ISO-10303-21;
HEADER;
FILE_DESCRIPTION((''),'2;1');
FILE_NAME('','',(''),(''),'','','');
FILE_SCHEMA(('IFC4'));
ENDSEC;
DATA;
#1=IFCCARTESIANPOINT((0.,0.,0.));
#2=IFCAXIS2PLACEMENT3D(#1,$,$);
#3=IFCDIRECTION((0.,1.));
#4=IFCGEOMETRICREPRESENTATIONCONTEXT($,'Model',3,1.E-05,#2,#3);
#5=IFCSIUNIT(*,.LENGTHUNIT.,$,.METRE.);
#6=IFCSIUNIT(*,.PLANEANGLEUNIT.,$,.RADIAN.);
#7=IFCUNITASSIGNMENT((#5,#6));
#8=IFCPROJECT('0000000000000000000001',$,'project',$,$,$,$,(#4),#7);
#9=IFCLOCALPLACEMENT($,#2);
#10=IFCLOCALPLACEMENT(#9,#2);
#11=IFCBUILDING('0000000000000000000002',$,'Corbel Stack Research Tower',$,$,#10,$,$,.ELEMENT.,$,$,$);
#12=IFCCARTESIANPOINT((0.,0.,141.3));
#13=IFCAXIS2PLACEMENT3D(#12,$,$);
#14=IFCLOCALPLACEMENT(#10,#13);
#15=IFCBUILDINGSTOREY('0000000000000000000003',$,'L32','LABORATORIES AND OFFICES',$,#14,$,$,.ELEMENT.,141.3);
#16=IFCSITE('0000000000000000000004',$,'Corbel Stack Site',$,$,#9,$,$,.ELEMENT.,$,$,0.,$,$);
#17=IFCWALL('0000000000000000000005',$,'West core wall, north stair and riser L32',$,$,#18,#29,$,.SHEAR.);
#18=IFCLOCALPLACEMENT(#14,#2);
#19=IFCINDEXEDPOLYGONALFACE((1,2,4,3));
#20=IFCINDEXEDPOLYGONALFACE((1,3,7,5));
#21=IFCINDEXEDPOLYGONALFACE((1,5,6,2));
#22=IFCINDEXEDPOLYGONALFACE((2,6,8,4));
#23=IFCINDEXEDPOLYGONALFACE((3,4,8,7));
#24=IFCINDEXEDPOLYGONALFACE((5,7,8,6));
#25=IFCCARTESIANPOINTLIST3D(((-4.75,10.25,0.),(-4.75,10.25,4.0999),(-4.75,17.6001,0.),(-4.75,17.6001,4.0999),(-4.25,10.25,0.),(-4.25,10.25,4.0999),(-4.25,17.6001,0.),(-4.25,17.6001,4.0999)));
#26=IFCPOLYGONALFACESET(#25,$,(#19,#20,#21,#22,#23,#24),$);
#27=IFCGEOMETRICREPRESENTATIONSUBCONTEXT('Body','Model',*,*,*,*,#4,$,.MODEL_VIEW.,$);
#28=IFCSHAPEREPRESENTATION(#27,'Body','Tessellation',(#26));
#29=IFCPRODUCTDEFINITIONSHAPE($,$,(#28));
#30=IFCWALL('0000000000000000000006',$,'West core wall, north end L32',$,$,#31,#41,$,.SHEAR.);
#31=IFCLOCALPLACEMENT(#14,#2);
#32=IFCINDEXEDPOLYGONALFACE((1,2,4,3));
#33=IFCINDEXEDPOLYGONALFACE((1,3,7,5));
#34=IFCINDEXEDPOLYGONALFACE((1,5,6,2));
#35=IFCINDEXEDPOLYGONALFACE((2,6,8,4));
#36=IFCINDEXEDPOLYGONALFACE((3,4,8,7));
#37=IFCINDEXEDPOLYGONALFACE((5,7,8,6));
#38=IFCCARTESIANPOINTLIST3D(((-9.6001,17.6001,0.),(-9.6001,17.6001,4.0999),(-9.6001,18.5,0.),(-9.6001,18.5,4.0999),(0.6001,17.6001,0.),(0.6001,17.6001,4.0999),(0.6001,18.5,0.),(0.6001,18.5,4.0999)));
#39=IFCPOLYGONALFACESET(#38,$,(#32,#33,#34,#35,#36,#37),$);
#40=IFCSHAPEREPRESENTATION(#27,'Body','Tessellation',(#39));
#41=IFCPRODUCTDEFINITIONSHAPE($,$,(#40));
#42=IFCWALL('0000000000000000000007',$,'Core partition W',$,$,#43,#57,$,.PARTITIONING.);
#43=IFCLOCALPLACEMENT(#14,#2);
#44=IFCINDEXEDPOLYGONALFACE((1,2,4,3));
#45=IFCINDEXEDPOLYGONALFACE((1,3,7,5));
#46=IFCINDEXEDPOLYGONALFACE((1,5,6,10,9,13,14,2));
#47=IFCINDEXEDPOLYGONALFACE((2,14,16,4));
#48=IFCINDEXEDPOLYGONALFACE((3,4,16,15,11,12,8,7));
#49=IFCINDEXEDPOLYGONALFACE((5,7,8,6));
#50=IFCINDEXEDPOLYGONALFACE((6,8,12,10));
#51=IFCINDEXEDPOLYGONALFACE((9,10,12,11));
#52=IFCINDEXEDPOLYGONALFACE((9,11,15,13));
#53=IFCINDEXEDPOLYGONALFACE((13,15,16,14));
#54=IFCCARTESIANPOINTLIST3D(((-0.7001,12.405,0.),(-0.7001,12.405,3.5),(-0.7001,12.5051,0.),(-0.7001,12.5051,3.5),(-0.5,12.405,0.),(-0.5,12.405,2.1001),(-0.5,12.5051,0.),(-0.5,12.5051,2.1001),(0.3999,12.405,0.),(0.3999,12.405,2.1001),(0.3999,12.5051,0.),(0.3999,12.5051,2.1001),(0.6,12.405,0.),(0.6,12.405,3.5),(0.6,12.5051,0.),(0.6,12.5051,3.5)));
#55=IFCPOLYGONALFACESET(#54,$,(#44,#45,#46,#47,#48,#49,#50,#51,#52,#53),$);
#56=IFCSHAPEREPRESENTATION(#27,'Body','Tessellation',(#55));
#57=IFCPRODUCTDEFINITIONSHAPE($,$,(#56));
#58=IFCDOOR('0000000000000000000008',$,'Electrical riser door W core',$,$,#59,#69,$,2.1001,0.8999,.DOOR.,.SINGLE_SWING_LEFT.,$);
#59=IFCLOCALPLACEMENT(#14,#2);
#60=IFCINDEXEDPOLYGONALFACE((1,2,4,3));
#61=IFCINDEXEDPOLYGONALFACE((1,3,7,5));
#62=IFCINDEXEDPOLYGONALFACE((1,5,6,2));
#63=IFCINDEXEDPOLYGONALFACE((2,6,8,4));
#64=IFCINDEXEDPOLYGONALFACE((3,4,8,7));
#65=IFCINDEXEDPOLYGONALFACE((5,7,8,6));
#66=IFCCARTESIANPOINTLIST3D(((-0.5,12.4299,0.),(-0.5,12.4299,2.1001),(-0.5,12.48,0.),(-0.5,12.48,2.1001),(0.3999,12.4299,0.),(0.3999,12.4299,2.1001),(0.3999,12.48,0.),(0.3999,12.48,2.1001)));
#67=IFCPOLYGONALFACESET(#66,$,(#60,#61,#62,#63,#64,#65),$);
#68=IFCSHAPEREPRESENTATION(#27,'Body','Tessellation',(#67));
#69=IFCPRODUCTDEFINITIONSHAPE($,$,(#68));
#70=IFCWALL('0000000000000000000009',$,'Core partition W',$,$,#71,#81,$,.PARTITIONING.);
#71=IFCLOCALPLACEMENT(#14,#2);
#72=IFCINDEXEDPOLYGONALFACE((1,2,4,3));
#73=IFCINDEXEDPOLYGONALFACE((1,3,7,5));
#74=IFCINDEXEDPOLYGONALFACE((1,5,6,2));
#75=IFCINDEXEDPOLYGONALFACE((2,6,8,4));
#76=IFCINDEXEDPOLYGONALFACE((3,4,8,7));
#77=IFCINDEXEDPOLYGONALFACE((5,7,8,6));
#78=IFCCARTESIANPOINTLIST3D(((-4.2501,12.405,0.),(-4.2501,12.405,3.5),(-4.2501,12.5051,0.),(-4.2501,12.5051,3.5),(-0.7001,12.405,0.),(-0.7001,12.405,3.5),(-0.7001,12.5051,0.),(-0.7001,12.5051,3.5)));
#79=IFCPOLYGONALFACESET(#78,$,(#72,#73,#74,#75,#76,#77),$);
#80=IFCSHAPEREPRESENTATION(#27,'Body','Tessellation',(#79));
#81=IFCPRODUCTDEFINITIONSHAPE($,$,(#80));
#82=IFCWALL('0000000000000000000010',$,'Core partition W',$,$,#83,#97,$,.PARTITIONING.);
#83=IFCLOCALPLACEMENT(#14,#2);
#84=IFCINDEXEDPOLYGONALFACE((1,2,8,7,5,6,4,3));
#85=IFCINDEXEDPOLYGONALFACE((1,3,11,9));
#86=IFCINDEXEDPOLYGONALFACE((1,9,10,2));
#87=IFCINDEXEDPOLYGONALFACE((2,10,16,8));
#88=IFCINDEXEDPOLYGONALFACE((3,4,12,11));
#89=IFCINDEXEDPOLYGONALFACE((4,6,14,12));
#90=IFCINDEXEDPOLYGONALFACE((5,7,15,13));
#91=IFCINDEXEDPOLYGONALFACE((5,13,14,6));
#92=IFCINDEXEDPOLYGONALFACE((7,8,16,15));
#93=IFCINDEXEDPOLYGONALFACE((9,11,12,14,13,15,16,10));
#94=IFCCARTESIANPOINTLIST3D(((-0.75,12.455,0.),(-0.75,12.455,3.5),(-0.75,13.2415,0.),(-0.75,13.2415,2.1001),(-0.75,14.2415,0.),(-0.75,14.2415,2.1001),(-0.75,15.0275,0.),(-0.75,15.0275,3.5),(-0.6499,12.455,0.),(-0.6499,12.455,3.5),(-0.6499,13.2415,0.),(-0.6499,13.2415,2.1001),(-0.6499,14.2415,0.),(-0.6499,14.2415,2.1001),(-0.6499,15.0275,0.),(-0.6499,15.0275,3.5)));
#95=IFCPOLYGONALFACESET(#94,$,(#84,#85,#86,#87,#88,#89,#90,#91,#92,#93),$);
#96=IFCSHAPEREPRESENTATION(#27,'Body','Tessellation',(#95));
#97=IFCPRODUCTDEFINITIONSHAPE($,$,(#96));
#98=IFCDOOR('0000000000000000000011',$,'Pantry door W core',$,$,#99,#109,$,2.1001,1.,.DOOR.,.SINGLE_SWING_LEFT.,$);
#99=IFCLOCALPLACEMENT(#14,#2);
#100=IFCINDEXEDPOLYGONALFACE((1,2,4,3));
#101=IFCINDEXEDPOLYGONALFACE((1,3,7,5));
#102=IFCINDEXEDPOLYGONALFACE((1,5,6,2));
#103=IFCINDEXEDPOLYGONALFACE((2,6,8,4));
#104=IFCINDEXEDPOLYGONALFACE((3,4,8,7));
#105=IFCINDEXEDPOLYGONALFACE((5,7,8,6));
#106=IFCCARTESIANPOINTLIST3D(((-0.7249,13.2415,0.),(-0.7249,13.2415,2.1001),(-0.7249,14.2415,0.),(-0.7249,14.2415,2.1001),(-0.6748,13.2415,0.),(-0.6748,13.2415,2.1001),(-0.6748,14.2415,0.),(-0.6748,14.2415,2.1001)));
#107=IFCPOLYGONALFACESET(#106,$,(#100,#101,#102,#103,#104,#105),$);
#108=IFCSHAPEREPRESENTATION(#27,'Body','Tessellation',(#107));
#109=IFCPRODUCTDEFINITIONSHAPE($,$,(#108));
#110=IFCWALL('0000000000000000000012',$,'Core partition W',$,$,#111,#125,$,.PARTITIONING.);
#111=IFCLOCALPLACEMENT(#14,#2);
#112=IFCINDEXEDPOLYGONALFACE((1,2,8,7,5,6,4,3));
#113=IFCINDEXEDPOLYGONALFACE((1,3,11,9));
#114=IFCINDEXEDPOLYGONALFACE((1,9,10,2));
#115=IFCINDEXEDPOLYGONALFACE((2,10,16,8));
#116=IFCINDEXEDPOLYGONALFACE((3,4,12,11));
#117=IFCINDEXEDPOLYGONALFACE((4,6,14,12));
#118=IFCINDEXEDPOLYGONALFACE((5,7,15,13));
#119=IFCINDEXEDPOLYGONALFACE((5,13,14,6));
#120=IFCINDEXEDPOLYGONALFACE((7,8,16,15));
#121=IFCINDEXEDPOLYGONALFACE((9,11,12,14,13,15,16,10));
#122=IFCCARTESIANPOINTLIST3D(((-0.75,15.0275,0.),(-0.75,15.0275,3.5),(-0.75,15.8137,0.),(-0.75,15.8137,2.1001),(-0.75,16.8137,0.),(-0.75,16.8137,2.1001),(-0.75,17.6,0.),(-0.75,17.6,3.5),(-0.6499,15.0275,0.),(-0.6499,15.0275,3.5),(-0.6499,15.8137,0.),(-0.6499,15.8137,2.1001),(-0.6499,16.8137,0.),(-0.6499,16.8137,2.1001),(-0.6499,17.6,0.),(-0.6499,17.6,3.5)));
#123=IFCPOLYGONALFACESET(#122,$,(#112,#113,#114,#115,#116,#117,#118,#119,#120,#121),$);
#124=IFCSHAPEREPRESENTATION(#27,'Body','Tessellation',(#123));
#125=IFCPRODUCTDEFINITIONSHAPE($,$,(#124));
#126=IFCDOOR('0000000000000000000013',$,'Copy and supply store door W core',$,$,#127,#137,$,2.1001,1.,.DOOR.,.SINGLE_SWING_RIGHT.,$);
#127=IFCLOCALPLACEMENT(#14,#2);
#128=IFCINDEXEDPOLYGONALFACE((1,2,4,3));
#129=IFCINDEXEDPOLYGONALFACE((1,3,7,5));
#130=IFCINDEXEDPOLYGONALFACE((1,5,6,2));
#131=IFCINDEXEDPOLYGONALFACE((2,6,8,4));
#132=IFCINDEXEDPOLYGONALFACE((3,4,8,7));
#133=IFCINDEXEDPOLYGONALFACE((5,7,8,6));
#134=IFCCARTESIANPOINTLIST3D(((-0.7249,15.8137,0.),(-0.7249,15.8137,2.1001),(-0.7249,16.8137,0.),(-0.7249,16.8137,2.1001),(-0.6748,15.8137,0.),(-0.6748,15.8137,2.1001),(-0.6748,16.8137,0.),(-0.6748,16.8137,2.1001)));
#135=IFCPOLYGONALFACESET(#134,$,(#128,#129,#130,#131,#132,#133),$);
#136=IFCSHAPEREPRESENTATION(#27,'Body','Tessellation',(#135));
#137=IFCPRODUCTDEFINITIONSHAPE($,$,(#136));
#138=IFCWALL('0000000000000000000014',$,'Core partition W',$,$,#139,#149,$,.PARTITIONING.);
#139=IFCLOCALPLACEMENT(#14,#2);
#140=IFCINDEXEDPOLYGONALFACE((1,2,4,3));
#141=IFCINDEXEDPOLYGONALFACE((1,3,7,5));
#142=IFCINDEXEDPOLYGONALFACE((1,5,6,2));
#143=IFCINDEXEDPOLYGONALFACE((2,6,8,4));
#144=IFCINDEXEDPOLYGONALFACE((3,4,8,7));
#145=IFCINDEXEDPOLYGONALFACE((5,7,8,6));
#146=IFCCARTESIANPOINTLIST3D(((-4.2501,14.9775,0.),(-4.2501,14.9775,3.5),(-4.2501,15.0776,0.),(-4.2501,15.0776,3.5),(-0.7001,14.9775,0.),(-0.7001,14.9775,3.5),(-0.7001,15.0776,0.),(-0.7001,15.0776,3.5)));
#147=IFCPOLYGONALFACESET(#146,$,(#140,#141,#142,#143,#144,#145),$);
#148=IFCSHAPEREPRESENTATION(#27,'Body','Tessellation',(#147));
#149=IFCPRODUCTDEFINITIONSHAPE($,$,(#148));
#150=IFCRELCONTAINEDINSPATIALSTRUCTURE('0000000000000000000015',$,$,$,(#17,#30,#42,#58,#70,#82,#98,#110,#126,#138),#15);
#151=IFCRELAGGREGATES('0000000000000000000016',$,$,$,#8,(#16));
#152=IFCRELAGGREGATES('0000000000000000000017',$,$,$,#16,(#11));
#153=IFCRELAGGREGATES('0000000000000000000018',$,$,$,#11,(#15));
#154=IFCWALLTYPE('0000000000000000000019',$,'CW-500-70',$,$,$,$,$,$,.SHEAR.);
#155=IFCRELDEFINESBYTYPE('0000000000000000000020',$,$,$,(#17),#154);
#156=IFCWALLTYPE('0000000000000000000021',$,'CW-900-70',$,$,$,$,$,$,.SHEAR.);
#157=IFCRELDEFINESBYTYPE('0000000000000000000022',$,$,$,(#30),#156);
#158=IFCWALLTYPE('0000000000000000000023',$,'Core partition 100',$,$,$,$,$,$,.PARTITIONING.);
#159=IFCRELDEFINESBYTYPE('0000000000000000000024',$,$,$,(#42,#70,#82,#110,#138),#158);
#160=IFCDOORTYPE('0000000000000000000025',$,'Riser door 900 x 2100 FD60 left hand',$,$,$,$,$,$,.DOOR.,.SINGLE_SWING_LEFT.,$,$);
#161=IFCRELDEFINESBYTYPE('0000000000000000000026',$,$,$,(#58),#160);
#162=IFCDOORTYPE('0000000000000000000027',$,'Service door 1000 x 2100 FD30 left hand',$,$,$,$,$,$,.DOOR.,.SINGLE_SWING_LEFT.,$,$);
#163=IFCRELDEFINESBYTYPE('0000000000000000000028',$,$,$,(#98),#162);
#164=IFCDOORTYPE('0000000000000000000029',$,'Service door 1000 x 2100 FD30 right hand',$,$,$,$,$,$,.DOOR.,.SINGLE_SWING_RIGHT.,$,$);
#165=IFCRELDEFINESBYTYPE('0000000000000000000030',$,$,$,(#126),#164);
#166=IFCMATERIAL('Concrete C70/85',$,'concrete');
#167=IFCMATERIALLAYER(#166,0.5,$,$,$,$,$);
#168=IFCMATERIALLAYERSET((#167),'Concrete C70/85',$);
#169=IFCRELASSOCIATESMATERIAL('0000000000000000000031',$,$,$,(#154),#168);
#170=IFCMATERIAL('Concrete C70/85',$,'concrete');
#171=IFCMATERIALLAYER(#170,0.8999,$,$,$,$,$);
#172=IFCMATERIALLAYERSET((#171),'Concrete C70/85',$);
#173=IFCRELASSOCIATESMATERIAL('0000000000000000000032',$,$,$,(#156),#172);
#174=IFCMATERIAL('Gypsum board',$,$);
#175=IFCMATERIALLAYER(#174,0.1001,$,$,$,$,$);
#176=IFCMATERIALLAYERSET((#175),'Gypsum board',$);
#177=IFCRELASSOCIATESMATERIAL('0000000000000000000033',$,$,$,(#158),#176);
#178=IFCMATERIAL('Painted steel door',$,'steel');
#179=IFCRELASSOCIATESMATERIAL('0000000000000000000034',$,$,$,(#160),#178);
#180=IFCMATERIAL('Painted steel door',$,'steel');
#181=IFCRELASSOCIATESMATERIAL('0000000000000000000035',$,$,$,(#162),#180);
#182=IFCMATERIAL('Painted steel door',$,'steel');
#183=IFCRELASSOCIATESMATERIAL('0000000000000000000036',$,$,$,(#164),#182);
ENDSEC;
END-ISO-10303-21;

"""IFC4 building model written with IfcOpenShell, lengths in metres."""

from ifc_helpers import new_model, si_unit, direction, frame, frame_2d, origin, place, context, subcontext, project, spatial, rectangle, extrude, material, layer, layer_set, type_object, element, fill, save


model = new_model("IFC4")

# Units and contexts
model_context = context("Model", 3, precision=1e-05, world=origin(), true_north=direction((0.0, 1.0)))
body_context = subcontext(model_context, "Body", "Model", "MODEL_VIEW")
ifc_project = project(units=[si_unit("LENGTHUNIT", "METRE"), si_unit("PLANEANGLEUNIT", "RADIAN")], contexts=[model_context])

# Site, building, storey
site_placement = place(None, origin())
site = spatial("IfcSite", under=ifc_project, at=site_placement, Name="Corbel Stack Site", CompositionType="ELEMENT", RefElevation=0.0)
building_placement = place(site_placement, origin())
building = spatial("IfcBuilding", under=site, at=building_placement, Name="Corbel Stack Research Tower", CompositionType="ELEMENT")
storey_placement = place(building_placement, frame((0.0, 0.0, 141.3)))
storey = spatial("IfcBuildingStorey", under=building, at=storey_placement, Name="L32", Description="LABORATORIES AND OFFICES", CompositionType="ELEMENT", Elevation=141.3)

# Walls
ifc_material_1 = material(Name="Concrete C70/85", Category="concrete")
ifc_layer_1 = layer(ifc_material_1, 0.5)
ifc_layer_set_1 = layer_set([ifc_layer_1], Name="Concrete C70/85")
wall_type_1 = type_object("IfcWallType", Name="CW-500-70", PredefinedType="SHEAR", material=ifc_layer_set_1)
wall_1_placement = place(storey_placement, frame((-4.5, 10.25, 0.0), z_axis=(0.0, 0.0, 1.0), x_axis=(0.0, 1.0, 0.0)))
element("IfcWall", 1, at=wall_1_placement, inside=storey, type_object=wall_type_1, Name="West core wall, north stair and riser L32", PredefinedType="SHEAR", context=body_context, shape_type="SweptSolid", body=[
    extrude(rectangle(XDim=7.3501, YDim=0.5, at=frame_2d((3.675, 0.0))), origin(), (0.0, 0.0, 1.0), 4.0999),
])
ifc_material_2 = material(Name="Concrete C70/85", Category="concrete")
ifc_layer_2 = layer(ifc_material_2, 0.8999)
ifc_layer_set_2 = layer_set([ifc_layer_2], Name="Concrete C70/85")
wall_type_2 = type_object("IfcWallType", Name="CW-900-70", PredefinedType="SHEAR", material=ifc_layer_set_2)
wall_2_placement = place(storey_placement, frame((-9.6001, 18.05, 0.0), z_axis=(0.0, 0.0, 1.0), x_axis=(1.0, 0.0, 0.0)))
element("IfcWall", 2, at=wall_2_placement, inside=storey, type_object=wall_type_2, Name="West core wall, north end L32", PredefinedType="SHEAR", context=body_context, shape_type="SweptSolid", body=[
    extrude(rectangle(XDim=10.2002, YDim=0.8999, at=frame_2d((5.1001, 0.0))), origin(), (0.0, 0.0, 1.0), 4.0999),
])

# Wall, opening, door
ifc_material_3 = material(Name="Gypsum board")
ifc_layer_3 = layer(ifc_material_3, 0.1001)
ifc_layer_set_3 = layer_set([ifc_layer_3], Name="Gypsum board")
wall_type_3 = type_object("IfcWallType", Name="Core partition 100", PredefinedType="PARTITIONING", material=ifc_layer_set_3)
wall_3_placement = place(storey_placement, frame((-0.7, 12.4551, 0.0), z_axis=(0.0, 0.0, 1.0), x_axis=(1.0, 0.0, 0.0)))
wall_3 = element("IfcWall", 3, at=wall_3_placement, inside=storey, type_object=wall_type_3, Name="Core partition W", PredefinedType="PARTITIONING", context=body_context, shape_type="SweptSolid", body=[
    extrude(rectangle(XDim=1.3, YDim=0.1001, at=frame_2d((0.6499, 0.0))), origin(), (0.0, 0.0, 1.0), 3.5),
])
opening_1_placement = place(wall_3_placement, frame((0.2, 0.0, 0.0)))
opening_1 = element("IfcOpeningElement", 4, at=opening_1_placement, cuts=wall_3, PredefinedType="OPENING", context=body_context, shape_type="SweptSolid", body=[
    extrude(rectangle(XDim=0.8999, YDim=2.1001, at=frame_2d((0.45, 1.05))), frame((0.0, 0.0601, 0.0), z_axis=(0.0, -1.0, 0.0), x_axis=(1.0, 0.0, 0.0)), (0.0, 0.0, 1.0), 0.1201),
])
ifc_material_4 = material(Name="Painted steel door", Category="steel")
door_type_1 = type_object("IfcDoorType", Name="Riser door 900 x 2100 FD60 left hand", OperationType="SINGLE_SWING_LEFT", PredefinedType="DOOR", material=ifc_material_4)
door_1_placement = place(opening_1_placement, origin())
door_1 = element("IfcDoor", 5, at=door_1_placement, inside=storey, type_object=door_type_1, Name="Electrical riser door W core", OperationType="SINGLE_SWING_LEFT", OverallHeight=2.1001, OverallWidth=0.8999, PredefinedType="DOOR", context=body_context, shape_type="SweptSolid", body=[
    extrude(rectangle(XDim=0.8999, YDim=2.1001, at=frame_2d((0.45, 1.05))), frame((0.0, 0.0249, 0.0), z_axis=(0.0, -1.0, 0.0), x_axis=(1.0, 0.0, 0.0)), (0.0, 0.0, 1.0), 0.05),
])
fill(opening_1, door_1)

# Wall
wall_4_placement = place(storey_placement, frame((-4.25, 12.4551, 0.0), z_axis=(0.0, 0.0, 1.0), x_axis=(1.0, 0.0, 0.0)))
element("IfcWall", 6, at=wall_4_placement, inside=storey, type_object=wall_type_3, Name="Core partition W", PredefinedType="PARTITIONING", context=body_context, shape_type="SweptSolid", body=[
    extrude(rectangle(XDim=3.55, YDim=0.1001, at=frame_2d((1.7749, 0.0))), origin(), (0.0, 0.0, 1.0), 3.5),
])

# Walls, openings, doors
wall_5_placement = place(storey_placement, frame((-0.7, 12.4551, 0.0), z_axis=(0.0, 0.0, 1.0), x_axis=(0.0, 1.0, 0.0)))
wall_5 = element("IfcWall", 7, at=wall_5_placement, inside=storey, type_object=wall_type_3, Name="Core partition W", PredefinedType="PARTITIONING", context=body_context, shape_type="SweptSolid", body=[
    extrude(rectangle(XDim=2.5725, YDim=0.1001, at=frame_2d((1.2861, 0.0))), origin(), (0.0, 0.0, 1.0), 3.5),
])
opening_2_placement = place(wall_5_placement, frame((0.7864, 0.0, 0.0)))
opening_2 = element("IfcOpeningElement", 8, at=opening_2_placement, cuts=wall_5, PredefinedType="OPENING", context=body_context, shape_type="SweptSolid", body=[
    extrude(rectangle(XDim=1.0, YDim=2.1001, at=frame_2d((0.5, 1.05))), frame((0.0, 0.0601, 0.0), z_axis=(0.0, -1.0, 0.0), x_axis=(1.0, 0.0, 0.0)), (0.0, 0.0, 1.0), 0.1201),
])
ifc_material_5 = material(Name="Painted steel door", Category="steel")
door_type_2 = type_object("IfcDoorType", Name="Service door 1000 x 2100 FD30 left hand", OperationType="SINGLE_SWING_LEFT", PredefinedType="DOOR", material=ifc_material_5)
door_2_placement = place(opening_2_placement, origin())
door_2 = element("IfcDoor", 9, at=door_2_placement, inside=storey, type_object=door_type_2, Name="Pantry door W core", OperationType="SINGLE_SWING_LEFT", OverallHeight=2.1001, OverallWidth=1.0, PredefinedType="DOOR", context=body_context, shape_type="SweptSolid", body=[
    extrude(rectangle(XDim=1.0, YDim=2.1001, at=frame_2d((0.5, 1.05))), frame((0.0, 0.0249, 0.0), z_axis=(0.0, -1.0, 0.0), x_axis=(1.0, 0.0, 0.0)), (0.0, 0.0, 1.0), 0.05),
])
fill(opening_2, door_2)
wall_6_placement = place(storey_placement, frame((-0.7, 15.0276, 0.0), z_axis=(0.0, 0.0, 1.0), x_axis=(0.0, 1.0, 0.0)))
wall_6 = element("IfcWall", 10, at=wall_6_placement, inside=storey, type_object=wall_type_3, Name="Core partition W", PredefinedType="PARTITIONING", context=body_context, shape_type="SweptSolid", body=[
    extrude(rectangle(XDim=2.5725, YDim=0.1001, at=frame_2d((1.2861, 0.0))), origin(), (0.0, 0.0, 1.0), 3.5),
])
opening_3_placement = place(wall_6_placement, frame((0.7861, 0.0, 0.0)))
opening_3 = element("IfcOpeningElement", 11, at=opening_3_placement, cuts=wall_6, PredefinedType="OPENING", context=body_context, shape_type="SweptSolid", body=[
    extrude(rectangle(XDim=1.0, YDim=2.1001, at=frame_2d((0.5, 1.05))), frame((0.0, 0.0601, 0.0), z_axis=(0.0, -1.0, 0.0), x_axis=(1.0, 0.0, 0.0)), (0.0, 0.0, 1.0), 0.1201),
])
ifc_material_6 = material(Name="Painted steel door", Category="steel")
door_type_3 = type_object("IfcDoorType", Name="Service door 1000 x 2100 FD30 right hand", OperationType="SINGLE_SWING_RIGHT", PredefinedType="DOOR", material=ifc_material_6)
door_3_placement = place(opening_3_placement, origin())
door_3 = element("IfcDoor", 12, at=door_3_placement, inside=storey, type_object=door_type_3, Name="Copy and supply store door W core", OperationType="SINGLE_SWING_RIGHT", OverallHeight=2.1001, OverallWidth=1.0, PredefinedType="DOOR", context=body_context, shape_type="SweptSolid", body=[
    extrude(rectangle(XDim=1.0, YDim=2.1001, at=frame_2d((0.5, 1.05))), frame((0.0, 0.0249, 0.0), z_axis=(0.0, -1.0, 0.0), x_axis=(1.0, 0.0, 0.0)), (0.0, 0.0, 1.0), 0.05),
])
fill(opening_3, door_3)

# Wall
wall_7_placement = place(storey_placement, frame((-4.25, 15.0276, 0.0), z_axis=(0.0, 0.0, 1.0), x_axis=(1.0, 0.0, 0.0)))
element("IfcWall", 13, at=wall_7_placement, inside=storey, type_object=wall_type_3, Name="Core partition W", PredefinedType="PARTITIONING", context=body_context, shape_type="SweptSolid", body=[
    extrude(rectangle(XDim=3.55, YDim=0.1001, at=frame_2d((1.7749, 0.0))), origin(), (0.0, 0.0, 1.0), 3.5),
])

save(model, "model.ifc")
